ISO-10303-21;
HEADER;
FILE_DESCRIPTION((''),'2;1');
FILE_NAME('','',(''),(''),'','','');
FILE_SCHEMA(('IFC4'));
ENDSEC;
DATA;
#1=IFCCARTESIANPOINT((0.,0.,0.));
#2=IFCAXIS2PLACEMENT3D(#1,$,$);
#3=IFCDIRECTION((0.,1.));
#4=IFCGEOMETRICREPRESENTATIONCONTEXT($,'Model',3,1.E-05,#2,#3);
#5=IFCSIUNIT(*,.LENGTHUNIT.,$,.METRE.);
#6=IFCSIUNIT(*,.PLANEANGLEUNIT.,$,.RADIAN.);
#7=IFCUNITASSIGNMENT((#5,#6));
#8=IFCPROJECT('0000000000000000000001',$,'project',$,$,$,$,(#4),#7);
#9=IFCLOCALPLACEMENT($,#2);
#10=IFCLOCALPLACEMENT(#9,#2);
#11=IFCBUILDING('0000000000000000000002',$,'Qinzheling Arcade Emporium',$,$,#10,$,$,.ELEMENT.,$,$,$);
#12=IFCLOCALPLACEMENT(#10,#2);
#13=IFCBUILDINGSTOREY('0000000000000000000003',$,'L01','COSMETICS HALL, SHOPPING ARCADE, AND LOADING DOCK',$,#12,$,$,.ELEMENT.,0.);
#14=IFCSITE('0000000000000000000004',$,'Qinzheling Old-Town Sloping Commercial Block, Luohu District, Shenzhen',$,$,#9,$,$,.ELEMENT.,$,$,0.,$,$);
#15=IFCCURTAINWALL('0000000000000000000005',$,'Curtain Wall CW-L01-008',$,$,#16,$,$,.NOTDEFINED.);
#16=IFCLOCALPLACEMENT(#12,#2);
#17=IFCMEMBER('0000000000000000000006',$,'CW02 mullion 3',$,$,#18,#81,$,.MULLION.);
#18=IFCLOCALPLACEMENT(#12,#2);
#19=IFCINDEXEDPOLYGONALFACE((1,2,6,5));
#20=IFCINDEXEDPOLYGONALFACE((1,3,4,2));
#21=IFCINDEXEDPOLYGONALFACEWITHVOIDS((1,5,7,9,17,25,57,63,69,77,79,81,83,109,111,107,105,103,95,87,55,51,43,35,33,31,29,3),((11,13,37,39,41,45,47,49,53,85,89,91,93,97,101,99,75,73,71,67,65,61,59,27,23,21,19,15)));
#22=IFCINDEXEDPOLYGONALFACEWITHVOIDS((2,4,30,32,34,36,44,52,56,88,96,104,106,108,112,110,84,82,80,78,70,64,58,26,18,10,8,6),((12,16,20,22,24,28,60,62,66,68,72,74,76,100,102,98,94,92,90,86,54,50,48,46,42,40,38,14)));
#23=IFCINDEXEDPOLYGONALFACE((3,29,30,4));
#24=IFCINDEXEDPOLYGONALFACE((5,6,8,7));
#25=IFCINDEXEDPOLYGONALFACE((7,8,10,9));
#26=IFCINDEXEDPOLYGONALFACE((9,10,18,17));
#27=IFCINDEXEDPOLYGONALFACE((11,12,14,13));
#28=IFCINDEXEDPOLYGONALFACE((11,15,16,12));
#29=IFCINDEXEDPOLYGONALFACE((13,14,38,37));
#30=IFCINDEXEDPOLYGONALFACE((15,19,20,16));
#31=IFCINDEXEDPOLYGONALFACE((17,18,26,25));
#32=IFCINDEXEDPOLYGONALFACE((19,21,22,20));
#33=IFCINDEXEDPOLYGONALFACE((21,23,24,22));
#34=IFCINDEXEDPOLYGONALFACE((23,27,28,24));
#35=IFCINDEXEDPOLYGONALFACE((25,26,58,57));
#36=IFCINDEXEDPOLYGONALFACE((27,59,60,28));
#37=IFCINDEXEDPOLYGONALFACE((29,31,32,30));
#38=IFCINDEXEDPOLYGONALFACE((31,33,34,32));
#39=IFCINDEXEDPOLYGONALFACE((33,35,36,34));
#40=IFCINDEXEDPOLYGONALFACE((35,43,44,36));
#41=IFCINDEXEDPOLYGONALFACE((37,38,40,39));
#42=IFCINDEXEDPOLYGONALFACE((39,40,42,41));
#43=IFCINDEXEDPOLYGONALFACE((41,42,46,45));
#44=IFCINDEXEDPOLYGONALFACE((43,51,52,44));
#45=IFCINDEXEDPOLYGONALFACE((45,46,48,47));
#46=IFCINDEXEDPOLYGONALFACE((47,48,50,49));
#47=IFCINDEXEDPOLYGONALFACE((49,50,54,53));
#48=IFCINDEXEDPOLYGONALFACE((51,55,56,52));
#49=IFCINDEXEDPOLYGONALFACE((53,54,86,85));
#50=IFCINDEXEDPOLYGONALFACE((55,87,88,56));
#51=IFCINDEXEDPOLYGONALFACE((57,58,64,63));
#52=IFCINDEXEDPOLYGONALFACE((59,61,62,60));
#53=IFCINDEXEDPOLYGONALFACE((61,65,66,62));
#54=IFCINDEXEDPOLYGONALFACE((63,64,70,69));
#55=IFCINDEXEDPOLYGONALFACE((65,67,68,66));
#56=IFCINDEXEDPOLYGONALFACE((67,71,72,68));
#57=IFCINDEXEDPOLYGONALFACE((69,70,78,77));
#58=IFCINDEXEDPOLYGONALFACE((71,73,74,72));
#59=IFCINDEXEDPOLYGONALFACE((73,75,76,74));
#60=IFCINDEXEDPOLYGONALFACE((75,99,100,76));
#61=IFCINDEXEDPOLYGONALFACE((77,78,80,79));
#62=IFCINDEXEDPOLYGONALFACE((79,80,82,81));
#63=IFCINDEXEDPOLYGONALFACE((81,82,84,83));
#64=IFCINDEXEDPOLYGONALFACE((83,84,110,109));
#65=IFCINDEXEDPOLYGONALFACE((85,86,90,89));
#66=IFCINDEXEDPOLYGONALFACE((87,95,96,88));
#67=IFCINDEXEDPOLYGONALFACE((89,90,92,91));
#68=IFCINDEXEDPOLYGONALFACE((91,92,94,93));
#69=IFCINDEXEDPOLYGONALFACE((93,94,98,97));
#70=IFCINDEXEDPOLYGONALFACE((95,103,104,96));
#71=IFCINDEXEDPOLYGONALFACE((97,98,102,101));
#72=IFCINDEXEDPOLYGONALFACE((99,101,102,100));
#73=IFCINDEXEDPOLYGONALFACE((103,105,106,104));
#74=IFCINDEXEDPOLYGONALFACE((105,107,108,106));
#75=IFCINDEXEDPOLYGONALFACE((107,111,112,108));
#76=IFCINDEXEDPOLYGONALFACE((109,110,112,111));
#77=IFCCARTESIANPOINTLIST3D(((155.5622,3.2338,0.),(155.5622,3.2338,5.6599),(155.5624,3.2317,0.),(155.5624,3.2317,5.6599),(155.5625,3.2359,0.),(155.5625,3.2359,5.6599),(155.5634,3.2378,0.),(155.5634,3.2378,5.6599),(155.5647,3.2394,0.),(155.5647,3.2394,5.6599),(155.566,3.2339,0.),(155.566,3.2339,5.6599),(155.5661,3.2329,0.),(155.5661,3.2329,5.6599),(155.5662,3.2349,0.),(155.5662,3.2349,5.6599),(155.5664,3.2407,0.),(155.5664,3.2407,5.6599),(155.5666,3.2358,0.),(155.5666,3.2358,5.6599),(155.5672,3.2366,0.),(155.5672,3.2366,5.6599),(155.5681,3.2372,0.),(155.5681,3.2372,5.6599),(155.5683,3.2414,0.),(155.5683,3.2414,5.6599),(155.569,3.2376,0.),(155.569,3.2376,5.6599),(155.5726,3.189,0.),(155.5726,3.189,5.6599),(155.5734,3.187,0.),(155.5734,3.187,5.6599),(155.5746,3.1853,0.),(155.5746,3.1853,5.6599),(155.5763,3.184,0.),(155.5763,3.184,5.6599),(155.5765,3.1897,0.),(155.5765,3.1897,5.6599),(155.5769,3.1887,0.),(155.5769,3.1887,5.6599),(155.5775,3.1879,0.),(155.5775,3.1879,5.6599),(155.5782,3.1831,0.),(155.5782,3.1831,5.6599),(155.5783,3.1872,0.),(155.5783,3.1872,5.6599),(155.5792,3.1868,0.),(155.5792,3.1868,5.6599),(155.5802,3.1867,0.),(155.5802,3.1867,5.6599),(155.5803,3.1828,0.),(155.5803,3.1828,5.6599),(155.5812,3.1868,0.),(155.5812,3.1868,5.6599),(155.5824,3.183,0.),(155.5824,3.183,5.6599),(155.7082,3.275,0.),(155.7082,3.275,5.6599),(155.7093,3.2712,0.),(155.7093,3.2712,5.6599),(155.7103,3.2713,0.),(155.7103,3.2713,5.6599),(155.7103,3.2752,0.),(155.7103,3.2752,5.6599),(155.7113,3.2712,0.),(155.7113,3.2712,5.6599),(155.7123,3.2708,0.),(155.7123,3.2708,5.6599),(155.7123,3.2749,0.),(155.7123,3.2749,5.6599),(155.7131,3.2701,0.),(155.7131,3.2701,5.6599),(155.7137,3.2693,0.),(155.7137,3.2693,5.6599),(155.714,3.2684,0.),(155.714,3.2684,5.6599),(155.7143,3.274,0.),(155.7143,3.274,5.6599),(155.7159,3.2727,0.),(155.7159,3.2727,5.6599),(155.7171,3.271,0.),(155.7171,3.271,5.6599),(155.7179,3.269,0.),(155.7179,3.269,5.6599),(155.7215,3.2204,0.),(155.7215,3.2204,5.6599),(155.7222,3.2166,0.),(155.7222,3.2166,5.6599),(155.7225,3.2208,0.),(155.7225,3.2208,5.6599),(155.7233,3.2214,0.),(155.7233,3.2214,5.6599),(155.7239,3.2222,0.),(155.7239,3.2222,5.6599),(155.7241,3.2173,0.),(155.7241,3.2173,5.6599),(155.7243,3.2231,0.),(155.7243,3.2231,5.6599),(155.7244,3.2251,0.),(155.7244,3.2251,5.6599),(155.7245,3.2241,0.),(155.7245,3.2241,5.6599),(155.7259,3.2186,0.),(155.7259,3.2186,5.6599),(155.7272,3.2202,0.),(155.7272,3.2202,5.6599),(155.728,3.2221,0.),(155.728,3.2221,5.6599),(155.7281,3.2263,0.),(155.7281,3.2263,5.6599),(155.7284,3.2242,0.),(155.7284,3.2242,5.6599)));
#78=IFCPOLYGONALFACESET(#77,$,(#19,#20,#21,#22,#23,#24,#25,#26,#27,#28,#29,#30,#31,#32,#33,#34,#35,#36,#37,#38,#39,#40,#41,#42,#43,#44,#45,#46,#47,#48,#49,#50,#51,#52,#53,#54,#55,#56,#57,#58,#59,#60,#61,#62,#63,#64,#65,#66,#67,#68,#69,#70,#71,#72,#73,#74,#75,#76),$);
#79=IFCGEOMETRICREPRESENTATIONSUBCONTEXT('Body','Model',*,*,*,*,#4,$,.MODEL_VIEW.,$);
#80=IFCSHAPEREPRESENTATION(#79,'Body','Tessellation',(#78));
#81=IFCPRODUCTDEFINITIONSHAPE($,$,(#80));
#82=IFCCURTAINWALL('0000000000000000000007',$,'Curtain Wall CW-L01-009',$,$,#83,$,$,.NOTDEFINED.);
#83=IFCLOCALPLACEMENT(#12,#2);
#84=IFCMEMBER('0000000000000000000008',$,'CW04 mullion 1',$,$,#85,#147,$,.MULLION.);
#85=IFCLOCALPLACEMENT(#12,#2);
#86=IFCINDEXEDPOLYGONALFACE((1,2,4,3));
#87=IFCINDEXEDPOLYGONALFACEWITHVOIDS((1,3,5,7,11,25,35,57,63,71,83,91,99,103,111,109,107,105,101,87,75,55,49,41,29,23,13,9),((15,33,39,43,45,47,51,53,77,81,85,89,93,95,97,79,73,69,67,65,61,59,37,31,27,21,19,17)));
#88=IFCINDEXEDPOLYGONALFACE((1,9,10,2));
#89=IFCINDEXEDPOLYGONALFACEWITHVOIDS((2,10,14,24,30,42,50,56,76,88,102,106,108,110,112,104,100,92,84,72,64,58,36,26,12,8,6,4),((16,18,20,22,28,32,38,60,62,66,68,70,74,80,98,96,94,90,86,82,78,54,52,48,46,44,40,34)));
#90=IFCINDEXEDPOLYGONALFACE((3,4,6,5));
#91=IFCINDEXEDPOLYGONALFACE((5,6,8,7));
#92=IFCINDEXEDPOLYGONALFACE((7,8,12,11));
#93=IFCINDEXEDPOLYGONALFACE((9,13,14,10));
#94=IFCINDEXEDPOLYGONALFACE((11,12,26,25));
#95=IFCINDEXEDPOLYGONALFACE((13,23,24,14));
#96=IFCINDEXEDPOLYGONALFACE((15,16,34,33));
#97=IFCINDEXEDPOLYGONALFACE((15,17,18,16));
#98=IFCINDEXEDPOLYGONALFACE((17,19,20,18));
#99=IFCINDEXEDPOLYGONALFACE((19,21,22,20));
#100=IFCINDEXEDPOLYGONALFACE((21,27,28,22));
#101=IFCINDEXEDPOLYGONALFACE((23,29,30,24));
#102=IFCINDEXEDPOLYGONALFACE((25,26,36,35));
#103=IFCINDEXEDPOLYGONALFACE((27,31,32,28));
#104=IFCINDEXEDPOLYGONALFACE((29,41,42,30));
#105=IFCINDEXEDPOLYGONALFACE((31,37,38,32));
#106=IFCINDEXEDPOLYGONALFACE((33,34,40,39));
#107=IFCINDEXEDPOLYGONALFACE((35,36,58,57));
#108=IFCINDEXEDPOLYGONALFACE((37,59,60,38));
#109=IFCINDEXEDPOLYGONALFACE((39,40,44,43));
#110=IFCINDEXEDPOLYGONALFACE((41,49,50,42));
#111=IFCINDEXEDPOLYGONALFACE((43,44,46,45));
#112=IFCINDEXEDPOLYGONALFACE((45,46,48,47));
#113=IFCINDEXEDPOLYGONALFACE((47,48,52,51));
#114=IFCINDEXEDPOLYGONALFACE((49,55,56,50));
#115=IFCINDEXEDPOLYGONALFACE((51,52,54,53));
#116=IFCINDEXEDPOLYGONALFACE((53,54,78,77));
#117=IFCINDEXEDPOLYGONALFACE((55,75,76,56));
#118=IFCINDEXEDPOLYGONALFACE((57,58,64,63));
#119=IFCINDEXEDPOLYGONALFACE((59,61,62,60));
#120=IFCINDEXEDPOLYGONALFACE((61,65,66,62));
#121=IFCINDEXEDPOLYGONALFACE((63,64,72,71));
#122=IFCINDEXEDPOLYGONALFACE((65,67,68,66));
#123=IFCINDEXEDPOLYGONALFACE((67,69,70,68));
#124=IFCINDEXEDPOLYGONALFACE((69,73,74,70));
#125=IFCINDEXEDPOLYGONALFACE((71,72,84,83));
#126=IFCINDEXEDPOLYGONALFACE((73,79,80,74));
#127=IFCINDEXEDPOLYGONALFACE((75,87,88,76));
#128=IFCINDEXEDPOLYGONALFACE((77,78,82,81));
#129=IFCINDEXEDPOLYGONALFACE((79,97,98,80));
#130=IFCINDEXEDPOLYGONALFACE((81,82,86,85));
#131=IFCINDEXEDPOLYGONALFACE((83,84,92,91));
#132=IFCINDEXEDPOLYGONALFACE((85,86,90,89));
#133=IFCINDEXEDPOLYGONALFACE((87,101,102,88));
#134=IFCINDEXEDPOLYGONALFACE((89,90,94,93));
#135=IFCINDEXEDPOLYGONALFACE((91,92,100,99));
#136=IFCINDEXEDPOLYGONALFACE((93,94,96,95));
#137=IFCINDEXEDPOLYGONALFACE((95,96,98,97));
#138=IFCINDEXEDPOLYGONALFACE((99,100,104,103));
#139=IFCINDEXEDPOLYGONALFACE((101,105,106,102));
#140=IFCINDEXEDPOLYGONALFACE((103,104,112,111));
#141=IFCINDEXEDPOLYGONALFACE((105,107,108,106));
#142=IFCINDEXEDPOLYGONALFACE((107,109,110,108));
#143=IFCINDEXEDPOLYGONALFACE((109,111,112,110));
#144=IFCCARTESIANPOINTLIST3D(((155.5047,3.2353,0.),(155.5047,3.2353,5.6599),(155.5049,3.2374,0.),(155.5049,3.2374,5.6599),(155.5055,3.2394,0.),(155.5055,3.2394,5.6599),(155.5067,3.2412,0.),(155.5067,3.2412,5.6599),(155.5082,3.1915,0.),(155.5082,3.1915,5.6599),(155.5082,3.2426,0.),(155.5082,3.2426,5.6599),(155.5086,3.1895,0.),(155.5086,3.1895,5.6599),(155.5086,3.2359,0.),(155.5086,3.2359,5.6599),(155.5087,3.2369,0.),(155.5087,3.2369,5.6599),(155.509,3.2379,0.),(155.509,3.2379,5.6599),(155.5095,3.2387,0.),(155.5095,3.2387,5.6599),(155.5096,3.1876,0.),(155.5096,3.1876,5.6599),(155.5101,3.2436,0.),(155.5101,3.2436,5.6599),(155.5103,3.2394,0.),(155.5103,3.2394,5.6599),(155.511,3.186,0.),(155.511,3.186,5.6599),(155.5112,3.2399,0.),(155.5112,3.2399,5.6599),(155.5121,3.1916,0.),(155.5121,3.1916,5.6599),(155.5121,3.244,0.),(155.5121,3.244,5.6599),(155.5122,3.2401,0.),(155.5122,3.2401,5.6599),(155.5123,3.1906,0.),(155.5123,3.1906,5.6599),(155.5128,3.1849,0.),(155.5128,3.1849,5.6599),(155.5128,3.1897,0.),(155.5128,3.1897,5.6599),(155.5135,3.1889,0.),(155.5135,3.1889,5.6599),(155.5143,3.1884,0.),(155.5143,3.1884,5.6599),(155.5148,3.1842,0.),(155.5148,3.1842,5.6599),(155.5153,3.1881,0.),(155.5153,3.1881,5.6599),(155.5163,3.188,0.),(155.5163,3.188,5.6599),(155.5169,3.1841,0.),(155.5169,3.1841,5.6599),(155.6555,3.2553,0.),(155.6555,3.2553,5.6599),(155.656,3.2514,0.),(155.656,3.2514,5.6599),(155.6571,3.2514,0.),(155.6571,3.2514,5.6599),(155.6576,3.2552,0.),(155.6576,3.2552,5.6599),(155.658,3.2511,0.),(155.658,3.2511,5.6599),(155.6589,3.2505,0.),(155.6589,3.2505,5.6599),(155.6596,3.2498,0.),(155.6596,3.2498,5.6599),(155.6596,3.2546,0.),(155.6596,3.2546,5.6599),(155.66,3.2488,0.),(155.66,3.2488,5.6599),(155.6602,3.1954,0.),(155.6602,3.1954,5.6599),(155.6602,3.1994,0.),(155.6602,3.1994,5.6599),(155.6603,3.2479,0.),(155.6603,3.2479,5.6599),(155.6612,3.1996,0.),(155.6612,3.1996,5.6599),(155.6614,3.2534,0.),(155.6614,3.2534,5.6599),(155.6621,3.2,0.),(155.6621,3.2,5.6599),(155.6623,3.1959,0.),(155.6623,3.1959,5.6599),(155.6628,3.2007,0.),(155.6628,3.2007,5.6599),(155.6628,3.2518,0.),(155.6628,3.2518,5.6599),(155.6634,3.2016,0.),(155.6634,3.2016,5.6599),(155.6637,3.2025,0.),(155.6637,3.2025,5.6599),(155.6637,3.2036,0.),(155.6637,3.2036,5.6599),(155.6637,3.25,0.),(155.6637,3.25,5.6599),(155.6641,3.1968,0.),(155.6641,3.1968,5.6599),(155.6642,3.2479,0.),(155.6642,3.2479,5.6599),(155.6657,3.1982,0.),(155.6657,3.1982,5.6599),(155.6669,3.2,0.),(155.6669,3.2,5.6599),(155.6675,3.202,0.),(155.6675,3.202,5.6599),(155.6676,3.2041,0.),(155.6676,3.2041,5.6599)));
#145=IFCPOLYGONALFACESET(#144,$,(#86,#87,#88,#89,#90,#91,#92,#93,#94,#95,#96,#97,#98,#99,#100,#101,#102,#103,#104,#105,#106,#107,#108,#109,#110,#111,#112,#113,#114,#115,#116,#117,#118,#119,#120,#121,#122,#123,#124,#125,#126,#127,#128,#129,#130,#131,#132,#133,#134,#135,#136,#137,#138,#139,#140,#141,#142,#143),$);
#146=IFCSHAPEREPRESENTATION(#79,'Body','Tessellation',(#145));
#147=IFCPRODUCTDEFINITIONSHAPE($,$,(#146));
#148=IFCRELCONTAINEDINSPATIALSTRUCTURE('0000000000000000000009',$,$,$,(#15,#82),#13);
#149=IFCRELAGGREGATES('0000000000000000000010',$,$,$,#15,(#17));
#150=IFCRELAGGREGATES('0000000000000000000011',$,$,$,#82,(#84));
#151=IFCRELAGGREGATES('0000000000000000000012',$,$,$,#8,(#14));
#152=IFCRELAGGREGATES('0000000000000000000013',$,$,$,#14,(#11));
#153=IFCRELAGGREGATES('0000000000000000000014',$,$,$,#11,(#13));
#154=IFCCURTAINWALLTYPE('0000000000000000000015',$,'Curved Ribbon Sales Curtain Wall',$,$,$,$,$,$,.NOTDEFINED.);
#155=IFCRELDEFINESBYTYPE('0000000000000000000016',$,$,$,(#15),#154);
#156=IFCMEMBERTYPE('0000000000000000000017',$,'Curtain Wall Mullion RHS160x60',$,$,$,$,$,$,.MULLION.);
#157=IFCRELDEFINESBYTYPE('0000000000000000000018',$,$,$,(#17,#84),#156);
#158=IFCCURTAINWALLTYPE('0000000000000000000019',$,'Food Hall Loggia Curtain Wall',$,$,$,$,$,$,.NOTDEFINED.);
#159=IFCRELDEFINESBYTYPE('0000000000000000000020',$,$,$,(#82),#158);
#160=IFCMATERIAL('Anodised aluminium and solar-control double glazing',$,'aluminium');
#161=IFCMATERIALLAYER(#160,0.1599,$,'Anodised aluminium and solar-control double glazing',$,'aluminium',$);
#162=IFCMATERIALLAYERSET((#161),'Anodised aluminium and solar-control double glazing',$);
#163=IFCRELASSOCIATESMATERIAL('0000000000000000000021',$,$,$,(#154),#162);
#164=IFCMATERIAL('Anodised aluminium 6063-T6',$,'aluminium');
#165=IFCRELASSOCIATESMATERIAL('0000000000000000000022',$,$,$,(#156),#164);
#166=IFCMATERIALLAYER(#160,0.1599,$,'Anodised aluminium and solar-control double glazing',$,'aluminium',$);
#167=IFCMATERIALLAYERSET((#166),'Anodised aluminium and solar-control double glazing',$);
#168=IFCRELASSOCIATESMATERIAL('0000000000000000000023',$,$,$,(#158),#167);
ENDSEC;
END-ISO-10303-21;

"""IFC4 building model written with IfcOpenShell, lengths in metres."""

from ifc_helpers import new_model, si_unit, direction, frame, origin, origin_2d, place, context, subcontext, project, spatial, hollow_rectangle, extrude, material, layer, layer_set, material_profile, profile_set, type_object, element, aggregate, save


model = new_model("IFC4")

# Units and contexts
model_context = context("Model", 3, precision=1e-05, world=origin(), true_north=direction((0.0, 1.0)))
body_context = subcontext(model_context, "Body", "Model", "MODEL_VIEW")
ifc_project = project(units=[si_unit("LENGTHUNIT", "METRE"), si_unit("PLANEANGLEUNIT", "RADIAN")], contexts=[model_context])

# Site, building, storey
site_placement = place(None, origin())
site = spatial("IfcSite", under=ifc_project, at=site_placement, Name="Qinzheling Old-Town Sloping Commercial Block, Luohu District, Shenzhen", CompositionType="ELEMENT", RefElevation=0.0)
building_placement = place(site_placement, origin())
building = spatial("IfcBuilding", under=site, at=building_placement, Name="Qinzheling Arcade Emporium", CompositionType="ELEMENT")
storey_placement = place(building_placement, origin())
storey = spatial("IfcBuildingStorey", under=building, at=storey_placement, Name="L01", Description="COSMETICS HALL, SHOPPING ARCADE, AND LOADING DOCK", CompositionType="ELEMENT", Elevation=0.0)

# Curtain wall, member
ifc_material_1 = material(Name="Anodised aluminium and solar-control double glazing", Category="aluminium")
ifc_layer_1 = layer(ifc_material_1, 0.1599, Name="Anodised aluminium and solar-control double glazing", Category="aluminium")
ifc_layer_set_1 = layer_set([ifc_layer_1], Name="Anodised aluminium and solar-control double glazing")
curtain_wall_type_1 = type_object("IfcCurtainWallType", Name="Curved Ribbon Sales Curtain Wall", PredefinedType="NOTDEFINED", material=ifc_layer_set_1)
curtain_wall_1_placement = place(storey_placement, origin())
curtain_wall_1 = element("IfcCurtainWall", 1, at=curtain_wall_1_placement, inside=storey, type_object=curtain_wall_type_1, Name="Curtain Wall CW-L01-008", PredefinedType="NOTDEFINED")
ifc_material_2 = material(Name="Anodised aluminium 6063-T6", Category="aluminium")
ifc_material_profile_1 = material_profile(ifc_material_2, hollow_rectangle(XDim=0.0601, YDim=0.1599, WallThickness=0.0039, InnerFilletRadius=0.0039, OuterFilletRadius=0.0081, at=origin_2d()), Name="RHS 160x60x4", Category="aluminium")
ifc_profile_set_1 = profile_set([ifc_material_profile_1], Name="Anodised aluminium 6063-T6")
member_type_1 = type_object("IfcMemberType", Name="Curtain Wall Mullion RHS160x60", PredefinedType="MULLION", material=ifc_profile_set_1)
member_1_placement = place(storey_placement, frame((155.6453, 3.229, 0.0), z_axis=(0.0, 0.0, 1.0), x_axis=(0.23336, -0.972391, 0.0)))
member_1 = element("IfcMember", 2, at=member_1_placement, type_object=member_type_1, Name="CW02 mullion 3", PredefinedType="MULLION", context=body_context, shape_type="SweptSolid", body=[
    extrude(hollow_rectangle(XDim=0.0601, YDim=0.1599, WallThickness=0.0039, InnerFilletRadius=0.0039, OuterFilletRadius=0.0081, at=origin_2d()), origin(), (0.0, 0.0, 1.0), 5.6599),
])

# Curtain wall, member
ifc_layer_2 = layer(ifc_material_1, 0.1599, Name="Anodised aluminium and solar-control double glazing", Category="aluminium")
ifc_layer_set_2 = layer_set([ifc_layer_2], Name="Anodised aluminium and solar-control double glazing")
curtain_wall_type_2 = type_object("IfcCurtainWallType", Name="Food Hall Loggia Curtain Wall", PredefinedType="NOTDEFINED", material=ifc_layer_set_2)
curtain_wall_2_placement = place(storey_placement, origin())
curtain_wall_2 = element("IfcCurtainWall", 3, at=curtain_wall_2_placement, inside=storey, type_object=curtain_wall_type_2, Name="Curtain Wall CW-L01-009", PredefinedType="NOTDEFINED")
member_2_placement = place(storey_placement, frame((155.5862, 3.2197, 0.0), z_axis=(0.0, 0.0, 1.0), x_axis=(0.078591, -0.996907, 0.0)))
member_2 = element("IfcMember", 4, at=member_2_placement, type_object=member_type_1, Name="CW04 mullion 1", PredefinedType="MULLION", context=body_context, shape_type="SweptSolid", body=[
    extrude(hollow_rectangle(XDim=0.0601, YDim=0.1599, WallThickness=0.0039, InnerFilletRadius=0.0039, OuterFilletRadius=0.0081, at=origin_2d()), origin(), (0.0, 0.0, 1.0), 5.6599),
])

aggregate(curtain_wall_1, [member_1])
aggregate(curtain_wall_2, [member_2])

save(model, "model.ifc")
